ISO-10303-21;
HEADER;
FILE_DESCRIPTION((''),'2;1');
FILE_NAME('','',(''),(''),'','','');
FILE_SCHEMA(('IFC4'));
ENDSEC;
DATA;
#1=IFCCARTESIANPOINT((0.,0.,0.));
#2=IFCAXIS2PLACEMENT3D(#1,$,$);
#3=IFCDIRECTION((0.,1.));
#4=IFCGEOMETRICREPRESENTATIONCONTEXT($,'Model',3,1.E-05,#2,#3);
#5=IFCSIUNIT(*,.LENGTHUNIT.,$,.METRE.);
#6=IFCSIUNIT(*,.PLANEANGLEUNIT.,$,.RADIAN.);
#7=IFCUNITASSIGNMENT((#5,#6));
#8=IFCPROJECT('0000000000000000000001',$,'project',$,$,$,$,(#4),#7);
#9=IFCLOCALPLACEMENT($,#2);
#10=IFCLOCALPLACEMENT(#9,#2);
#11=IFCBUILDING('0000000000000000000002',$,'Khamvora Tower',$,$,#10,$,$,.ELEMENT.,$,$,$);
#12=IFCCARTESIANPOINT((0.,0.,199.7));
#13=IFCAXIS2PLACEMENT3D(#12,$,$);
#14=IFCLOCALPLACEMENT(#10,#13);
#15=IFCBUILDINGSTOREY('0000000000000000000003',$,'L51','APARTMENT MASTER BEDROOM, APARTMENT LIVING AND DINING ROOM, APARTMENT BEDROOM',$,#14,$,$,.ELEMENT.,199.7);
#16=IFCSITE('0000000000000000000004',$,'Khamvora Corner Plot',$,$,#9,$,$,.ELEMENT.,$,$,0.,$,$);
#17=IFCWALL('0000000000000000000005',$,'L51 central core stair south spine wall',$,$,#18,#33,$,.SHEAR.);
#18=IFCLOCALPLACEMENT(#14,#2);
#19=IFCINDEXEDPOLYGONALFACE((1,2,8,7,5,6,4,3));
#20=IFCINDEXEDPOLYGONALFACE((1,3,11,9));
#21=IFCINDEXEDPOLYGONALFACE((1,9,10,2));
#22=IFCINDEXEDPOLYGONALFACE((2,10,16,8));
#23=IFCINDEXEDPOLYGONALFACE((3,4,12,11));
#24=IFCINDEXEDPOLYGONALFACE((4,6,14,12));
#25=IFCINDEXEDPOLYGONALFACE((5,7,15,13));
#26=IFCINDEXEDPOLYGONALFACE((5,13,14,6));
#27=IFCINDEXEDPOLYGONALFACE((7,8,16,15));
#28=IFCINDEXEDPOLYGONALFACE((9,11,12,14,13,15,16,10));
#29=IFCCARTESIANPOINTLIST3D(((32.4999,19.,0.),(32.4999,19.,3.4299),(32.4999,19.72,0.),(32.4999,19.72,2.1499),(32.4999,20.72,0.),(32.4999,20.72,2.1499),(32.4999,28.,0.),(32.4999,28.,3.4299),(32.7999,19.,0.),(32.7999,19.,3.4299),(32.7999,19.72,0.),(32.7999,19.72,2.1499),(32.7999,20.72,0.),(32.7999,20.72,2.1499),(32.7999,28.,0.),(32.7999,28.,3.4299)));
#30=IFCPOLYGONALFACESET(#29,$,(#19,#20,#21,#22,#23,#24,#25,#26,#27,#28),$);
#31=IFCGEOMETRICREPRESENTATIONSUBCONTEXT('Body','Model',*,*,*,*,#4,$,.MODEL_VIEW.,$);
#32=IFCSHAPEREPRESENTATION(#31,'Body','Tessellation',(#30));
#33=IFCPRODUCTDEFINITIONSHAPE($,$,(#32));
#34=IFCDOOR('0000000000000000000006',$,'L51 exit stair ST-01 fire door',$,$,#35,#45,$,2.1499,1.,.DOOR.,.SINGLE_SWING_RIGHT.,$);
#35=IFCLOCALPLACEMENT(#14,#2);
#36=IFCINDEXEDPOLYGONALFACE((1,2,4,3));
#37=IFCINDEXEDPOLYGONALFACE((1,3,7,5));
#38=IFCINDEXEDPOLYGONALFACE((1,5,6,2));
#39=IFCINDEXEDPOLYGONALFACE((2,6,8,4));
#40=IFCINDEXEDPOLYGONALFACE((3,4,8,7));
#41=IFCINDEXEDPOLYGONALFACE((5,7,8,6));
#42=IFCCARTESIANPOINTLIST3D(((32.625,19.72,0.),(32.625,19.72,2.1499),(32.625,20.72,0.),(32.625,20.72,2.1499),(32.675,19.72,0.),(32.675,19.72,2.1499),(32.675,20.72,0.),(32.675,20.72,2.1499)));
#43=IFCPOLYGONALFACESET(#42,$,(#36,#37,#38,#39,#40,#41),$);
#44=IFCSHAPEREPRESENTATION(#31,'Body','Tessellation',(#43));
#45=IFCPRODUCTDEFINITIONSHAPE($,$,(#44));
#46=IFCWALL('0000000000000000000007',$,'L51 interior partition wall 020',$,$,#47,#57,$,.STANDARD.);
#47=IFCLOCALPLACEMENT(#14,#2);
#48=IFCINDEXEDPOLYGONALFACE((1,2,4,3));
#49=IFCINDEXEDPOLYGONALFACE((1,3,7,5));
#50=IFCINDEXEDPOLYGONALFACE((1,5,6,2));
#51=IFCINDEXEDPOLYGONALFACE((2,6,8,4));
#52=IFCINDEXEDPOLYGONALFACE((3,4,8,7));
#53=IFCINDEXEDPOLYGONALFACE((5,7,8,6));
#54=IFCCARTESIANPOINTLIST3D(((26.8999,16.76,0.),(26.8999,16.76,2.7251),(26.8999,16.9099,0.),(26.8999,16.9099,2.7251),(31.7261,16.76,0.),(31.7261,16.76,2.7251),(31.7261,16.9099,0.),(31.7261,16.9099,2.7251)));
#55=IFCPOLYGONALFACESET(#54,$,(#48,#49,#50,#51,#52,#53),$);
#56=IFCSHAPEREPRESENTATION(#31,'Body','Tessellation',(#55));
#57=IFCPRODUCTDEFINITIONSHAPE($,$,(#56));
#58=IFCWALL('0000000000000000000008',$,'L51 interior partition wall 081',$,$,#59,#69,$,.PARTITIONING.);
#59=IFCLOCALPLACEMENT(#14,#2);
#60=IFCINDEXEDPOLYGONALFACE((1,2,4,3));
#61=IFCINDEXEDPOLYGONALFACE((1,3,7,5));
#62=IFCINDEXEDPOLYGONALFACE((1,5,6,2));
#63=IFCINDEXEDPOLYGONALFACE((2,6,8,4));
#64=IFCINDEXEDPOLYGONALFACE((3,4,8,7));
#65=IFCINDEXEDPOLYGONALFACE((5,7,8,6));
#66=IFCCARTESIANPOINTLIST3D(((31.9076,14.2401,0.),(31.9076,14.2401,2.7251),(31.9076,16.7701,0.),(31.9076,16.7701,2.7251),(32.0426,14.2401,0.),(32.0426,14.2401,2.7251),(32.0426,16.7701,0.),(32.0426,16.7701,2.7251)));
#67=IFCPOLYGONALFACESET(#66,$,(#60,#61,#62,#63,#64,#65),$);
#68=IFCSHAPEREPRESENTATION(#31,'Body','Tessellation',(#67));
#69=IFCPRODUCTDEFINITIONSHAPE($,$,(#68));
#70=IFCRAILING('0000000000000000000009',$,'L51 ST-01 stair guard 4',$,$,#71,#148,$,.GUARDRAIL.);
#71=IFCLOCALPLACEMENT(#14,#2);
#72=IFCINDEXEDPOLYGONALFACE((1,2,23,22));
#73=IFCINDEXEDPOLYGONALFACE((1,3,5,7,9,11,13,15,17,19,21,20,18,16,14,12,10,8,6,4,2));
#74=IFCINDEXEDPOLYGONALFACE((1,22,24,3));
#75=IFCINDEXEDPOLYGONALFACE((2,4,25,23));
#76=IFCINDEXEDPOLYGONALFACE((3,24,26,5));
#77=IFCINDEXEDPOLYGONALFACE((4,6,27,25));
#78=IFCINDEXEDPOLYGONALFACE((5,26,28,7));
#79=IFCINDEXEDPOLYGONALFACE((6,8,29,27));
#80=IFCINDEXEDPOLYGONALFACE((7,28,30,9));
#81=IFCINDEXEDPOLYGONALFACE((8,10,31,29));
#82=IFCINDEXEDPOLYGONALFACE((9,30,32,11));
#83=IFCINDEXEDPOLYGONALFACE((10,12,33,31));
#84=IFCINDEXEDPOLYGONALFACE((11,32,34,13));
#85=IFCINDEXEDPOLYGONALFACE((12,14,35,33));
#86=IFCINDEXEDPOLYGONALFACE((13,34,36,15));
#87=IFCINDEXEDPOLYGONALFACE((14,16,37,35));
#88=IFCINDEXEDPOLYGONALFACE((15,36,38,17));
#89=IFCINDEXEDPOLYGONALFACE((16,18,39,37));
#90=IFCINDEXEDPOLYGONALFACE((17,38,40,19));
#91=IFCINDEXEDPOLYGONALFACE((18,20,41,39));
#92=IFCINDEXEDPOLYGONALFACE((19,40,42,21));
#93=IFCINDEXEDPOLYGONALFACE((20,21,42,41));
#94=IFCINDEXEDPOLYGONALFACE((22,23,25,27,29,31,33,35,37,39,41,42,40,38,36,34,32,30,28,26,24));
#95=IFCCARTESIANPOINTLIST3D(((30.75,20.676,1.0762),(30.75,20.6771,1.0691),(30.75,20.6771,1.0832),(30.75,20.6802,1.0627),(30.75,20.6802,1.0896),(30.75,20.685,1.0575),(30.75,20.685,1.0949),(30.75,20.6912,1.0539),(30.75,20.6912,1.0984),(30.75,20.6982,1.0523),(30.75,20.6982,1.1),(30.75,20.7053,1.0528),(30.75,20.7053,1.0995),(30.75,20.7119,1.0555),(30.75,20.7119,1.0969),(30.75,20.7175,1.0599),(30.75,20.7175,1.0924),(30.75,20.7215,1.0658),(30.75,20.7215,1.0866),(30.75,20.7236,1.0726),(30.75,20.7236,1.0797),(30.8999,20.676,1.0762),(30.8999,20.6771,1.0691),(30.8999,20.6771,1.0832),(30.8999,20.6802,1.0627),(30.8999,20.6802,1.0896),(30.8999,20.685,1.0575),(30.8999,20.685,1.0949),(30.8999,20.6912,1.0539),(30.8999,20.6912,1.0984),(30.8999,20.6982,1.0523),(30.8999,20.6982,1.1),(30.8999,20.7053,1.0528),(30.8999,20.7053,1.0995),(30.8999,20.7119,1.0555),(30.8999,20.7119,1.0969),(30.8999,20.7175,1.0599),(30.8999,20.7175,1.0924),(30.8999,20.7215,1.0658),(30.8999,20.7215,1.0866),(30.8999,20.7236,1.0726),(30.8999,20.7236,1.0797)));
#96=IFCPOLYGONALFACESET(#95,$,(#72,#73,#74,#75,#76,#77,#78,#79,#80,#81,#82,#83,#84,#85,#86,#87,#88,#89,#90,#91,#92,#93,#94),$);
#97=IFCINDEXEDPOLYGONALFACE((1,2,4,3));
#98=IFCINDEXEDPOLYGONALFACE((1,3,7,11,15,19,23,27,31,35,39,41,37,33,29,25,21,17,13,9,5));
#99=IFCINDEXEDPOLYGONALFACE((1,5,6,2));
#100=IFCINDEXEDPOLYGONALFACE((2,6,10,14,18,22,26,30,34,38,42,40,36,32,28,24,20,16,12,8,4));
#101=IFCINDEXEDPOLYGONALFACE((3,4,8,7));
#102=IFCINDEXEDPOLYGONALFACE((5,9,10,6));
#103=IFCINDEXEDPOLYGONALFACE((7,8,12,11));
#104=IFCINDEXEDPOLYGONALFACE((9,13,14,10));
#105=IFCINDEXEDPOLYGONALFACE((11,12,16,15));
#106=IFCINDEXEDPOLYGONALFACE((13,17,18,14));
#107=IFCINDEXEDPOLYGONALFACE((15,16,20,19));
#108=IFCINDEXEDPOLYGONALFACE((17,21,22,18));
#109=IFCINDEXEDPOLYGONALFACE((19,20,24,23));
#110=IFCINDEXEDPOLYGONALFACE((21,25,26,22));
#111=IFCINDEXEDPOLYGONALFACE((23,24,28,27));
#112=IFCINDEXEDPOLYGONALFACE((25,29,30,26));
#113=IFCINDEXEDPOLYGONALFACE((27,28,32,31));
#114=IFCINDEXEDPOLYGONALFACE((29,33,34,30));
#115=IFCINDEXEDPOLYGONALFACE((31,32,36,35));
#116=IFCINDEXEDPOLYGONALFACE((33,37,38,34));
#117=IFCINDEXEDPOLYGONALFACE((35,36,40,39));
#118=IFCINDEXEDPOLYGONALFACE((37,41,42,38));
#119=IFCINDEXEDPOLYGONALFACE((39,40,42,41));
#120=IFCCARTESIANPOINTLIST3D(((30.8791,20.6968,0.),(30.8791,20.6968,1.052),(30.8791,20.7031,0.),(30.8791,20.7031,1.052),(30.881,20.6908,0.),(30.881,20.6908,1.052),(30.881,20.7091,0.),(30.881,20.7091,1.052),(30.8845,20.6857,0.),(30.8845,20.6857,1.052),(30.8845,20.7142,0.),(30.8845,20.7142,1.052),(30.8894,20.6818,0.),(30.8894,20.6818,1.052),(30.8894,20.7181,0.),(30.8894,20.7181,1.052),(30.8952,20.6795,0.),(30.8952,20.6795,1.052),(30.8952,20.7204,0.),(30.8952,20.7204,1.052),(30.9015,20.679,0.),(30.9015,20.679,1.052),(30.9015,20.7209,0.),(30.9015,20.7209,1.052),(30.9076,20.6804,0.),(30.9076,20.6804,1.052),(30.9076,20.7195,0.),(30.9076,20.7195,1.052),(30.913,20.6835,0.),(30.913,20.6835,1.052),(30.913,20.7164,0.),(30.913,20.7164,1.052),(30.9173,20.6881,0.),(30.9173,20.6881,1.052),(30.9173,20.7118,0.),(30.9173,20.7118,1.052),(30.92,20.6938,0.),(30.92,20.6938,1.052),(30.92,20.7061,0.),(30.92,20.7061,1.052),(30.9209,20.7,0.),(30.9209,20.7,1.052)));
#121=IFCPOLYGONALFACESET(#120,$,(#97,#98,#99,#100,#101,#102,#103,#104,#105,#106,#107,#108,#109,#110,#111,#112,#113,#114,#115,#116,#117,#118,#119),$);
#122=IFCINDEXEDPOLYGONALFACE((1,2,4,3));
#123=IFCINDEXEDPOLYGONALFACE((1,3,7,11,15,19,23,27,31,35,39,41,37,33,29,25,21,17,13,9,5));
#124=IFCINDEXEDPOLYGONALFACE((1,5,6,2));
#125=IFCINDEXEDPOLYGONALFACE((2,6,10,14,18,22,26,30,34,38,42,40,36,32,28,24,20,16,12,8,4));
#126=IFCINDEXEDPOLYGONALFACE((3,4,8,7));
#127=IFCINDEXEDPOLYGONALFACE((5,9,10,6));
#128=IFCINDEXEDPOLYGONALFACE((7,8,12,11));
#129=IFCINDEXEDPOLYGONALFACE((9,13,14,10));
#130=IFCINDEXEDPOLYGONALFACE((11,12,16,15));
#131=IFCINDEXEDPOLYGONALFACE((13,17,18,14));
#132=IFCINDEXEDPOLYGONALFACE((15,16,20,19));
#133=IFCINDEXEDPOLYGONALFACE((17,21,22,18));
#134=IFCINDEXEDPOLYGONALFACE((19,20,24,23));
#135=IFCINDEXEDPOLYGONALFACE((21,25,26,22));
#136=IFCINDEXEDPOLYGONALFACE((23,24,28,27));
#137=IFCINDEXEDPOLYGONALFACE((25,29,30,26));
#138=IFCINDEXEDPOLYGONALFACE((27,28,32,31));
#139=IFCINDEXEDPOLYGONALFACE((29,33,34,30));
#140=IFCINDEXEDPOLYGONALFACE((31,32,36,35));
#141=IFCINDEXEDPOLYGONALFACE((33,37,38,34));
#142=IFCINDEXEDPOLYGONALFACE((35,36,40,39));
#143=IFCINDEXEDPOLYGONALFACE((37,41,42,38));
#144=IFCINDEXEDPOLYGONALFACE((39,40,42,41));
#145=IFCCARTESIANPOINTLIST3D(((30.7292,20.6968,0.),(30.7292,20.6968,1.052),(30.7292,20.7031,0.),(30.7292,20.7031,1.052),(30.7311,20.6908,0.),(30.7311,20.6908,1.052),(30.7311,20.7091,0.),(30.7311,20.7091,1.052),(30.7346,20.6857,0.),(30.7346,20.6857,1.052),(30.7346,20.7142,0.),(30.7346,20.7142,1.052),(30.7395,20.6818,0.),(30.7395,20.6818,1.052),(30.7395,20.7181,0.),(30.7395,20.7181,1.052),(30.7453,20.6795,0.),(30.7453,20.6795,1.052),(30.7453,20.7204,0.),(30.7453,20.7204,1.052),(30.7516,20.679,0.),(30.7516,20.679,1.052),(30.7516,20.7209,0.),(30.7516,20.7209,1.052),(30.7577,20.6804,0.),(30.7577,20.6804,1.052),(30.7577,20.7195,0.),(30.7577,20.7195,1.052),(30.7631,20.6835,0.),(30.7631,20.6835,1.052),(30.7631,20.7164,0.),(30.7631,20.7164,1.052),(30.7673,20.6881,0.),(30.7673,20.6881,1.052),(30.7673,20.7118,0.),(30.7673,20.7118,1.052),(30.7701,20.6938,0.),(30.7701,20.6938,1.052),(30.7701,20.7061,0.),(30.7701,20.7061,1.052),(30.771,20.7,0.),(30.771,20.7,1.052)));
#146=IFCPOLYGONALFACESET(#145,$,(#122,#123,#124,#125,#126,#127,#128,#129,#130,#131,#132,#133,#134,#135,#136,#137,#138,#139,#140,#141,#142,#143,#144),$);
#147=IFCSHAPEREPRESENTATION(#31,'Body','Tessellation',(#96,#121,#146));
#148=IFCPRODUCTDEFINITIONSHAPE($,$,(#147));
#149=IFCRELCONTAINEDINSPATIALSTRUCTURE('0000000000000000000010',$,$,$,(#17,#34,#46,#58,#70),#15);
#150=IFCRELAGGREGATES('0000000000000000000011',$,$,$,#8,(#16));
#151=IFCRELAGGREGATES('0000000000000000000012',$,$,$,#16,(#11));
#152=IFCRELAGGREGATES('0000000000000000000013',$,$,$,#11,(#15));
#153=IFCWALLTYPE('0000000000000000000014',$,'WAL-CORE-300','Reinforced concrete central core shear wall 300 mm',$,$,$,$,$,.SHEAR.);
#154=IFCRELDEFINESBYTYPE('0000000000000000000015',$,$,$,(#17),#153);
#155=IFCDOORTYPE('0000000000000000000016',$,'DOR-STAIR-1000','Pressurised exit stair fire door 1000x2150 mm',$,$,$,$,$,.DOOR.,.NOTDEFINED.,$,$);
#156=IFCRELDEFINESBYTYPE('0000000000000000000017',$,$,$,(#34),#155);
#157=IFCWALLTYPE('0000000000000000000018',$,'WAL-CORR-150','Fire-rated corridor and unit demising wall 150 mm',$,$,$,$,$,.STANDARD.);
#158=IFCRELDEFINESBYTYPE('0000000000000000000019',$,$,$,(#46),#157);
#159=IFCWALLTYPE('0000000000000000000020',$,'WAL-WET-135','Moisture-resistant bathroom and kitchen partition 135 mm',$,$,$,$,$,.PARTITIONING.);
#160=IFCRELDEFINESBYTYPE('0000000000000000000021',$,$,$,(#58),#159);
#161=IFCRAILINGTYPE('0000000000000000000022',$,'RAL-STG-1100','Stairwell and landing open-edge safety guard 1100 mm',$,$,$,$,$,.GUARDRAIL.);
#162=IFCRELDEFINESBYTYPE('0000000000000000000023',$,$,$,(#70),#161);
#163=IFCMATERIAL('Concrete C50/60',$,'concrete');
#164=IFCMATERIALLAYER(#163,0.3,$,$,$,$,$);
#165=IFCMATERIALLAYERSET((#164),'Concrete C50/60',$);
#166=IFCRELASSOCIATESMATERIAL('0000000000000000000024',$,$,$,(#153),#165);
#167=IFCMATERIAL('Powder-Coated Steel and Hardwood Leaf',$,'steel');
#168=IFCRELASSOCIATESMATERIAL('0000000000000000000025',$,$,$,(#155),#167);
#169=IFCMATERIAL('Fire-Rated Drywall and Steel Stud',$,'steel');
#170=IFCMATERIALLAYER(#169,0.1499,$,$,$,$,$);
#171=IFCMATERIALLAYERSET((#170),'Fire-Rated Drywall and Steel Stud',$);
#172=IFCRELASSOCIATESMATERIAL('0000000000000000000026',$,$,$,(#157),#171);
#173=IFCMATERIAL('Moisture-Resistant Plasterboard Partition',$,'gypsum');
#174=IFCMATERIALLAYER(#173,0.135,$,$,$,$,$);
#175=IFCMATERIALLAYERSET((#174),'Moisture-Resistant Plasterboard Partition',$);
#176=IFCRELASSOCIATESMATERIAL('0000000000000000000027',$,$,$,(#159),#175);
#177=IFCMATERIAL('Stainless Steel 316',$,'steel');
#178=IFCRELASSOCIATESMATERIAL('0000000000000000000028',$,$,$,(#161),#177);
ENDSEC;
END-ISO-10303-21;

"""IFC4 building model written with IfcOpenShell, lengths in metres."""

from ifc_helpers import new_model, si_unit, direction, frame, frame_2d, origin, origin_2d, place, context, subcontext, project, spatial, rectangle, circle, extrude, material, layer, layer_set, type_object, element, fill, save


model = new_model("IFC4")

# Units and contexts
model_context = context("Model", 3, precision=1e-05, world=origin(), true_north=direction((0.0, 1.0)))
body_context = subcontext(model_context, "Body", "Model", "MODEL_VIEW")
ifc_project = project(units=[si_unit("LENGTHUNIT", "METRE"), si_unit("PLANEANGLEUNIT", "RADIAN")], contexts=[model_context])

# Site, building, storey
site_placement = place(None, origin())
site = spatial("IfcSite", under=ifc_project, at=site_placement, Name="Khamvora Corner Plot", CompositionType="ELEMENT", RefElevation=0.0)
building_placement = place(site_placement, origin())
building = spatial("IfcBuilding", under=site, at=building_placement, Name="Khamvora Tower", CompositionType="ELEMENT")
storey_placement = place(building_placement, frame((0.0, 0.0, 199.7)))
storey = spatial("IfcBuildingStorey", under=building, at=storey_placement, Name="L51", Description="APARTMENT MASTER BEDROOM, APARTMENT LIVING AND DINING ROOM, APARTMENT BEDROOM", CompositionType="ELEMENT", Elevation=199.7)

# Shared definitions
ifc_material_1 = material(Name="Concrete C50/60", Category="concrete")
ifc_layer_1 = layer(ifc_material_1, 0.3)
ifc_layer_set_1 = layer_set([ifc_layer_1], Name="Concrete C50/60")
wall_type_1 = type_object("IfcWallType", Name="WAL-CORE-300", Description="Reinforced concrete central core shear wall 300 mm", PredefinedType="SHEAR", material=ifc_layer_set_1)

# Wall, opening, door
ifc_material_2 = material(Name="Powder-Coated Steel and Hardwood Leaf", Category="steel")
wall_1_placement = place(storey_placement, frame((32.6499, 19.0, 0.0), z_axis=(0.0, 0.0, 1.0), x_axis=(0.0, 1.0, 0.0)))
wall_1 = element("IfcWall", 1, at=wall_1_placement, inside=storey, type_object=wall_type_1, Name="L51 central core stair south spine wall", PredefinedType="SHEAR", context=body_context, shape_type="SweptSolid", body=[
    extrude(rectangle(XDim=9.0, YDim=0.3, at=frame_2d((4.5, 0.0))), origin(), (0.0, 0.0, 1.0), 3.4299),
])
opening_1_placement = place(wall_1_placement, frame((0.72, 0.0, 0.0)))
opening_1 = element("IfcOpeningElement", 2, at=opening_1_placement, cuts=wall_1, PredefinedType="OPENING", context=body_context, shape_type="SweptSolid", body=[
    extrude(rectangle(XDim=1.0, YDim=2.1499, at=frame_2d((0.5, 1.075))), frame((0.0, 0.1599, 0.0), z_axis=(0.0, -1.0, 0.0), x_axis=(1.0, 0.0, 0.0)), (0.0, 0.0, 1.0), 0.3201),
])
door_type_1 = type_object("IfcDoorType", Name="DOR-STAIR-1000", Description="Pressurised exit stair fire door 1000x2150 mm", OperationType="NOTDEFINED", PredefinedType="DOOR", material=ifc_material_2)
door_1_placement = place(opening_1_placement, origin())
door_1 = element("IfcDoor", 3, at=door_1_placement, inside=storey, type_object=door_type_1, Name="L51 exit stair ST-01 fire door", OperationType="SINGLE_SWING_RIGHT", OverallHeight=2.1499, OverallWidth=1.0, PredefinedType="DOOR", context=body_context, shape_type="SweptSolid", body=[
    extrude(rectangle(XDim=1.0, YDim=2.1499, at=frame_2d((0.5, 1.075))), frame((0.0, 0.0249, 0.0), z_axis=(0.0, -1.0, 0.0), x_axis=(1.0, 0.0, 0.0)), (0.0, 0.0, 1.0), 0.05),
])
fill(opening_1, door_1)

# Walls
ifc_material_3 = material(Name="Fire-Rated Drywall and Steel Stud", Category="steel")
ifc_layer_2 = layer(ifc_material_3, 0.1499)
ifc_layer_set_2 = layer_set([ifc_layer_2], Name="Fire-Rated Drywall and Steel Stud")
wall_type_2 = type_object("IfcWallType", Name="WAL-CORR-150", Description="Fire-rated corridor and unit demising wall 150 mm", PredefinedType="STANDARD", material=ifc_layer_set_2)
wall_2_placement = place(storey_placement, frame((31.7261, 16.835, 0.0), z_axis=(0.0, 0.0, 1.0), x_axis=(-1.0, 0.0, 0.0)))
element("IfcWall", 4, at=wall_2_placement, inside=storey, type_object=wall_type_2, Name="L51 interior partition wall 020", PredefinedType="STANDARD", context=body_context, shape_type="SweptSolid", body=[
    extrude(rectangle(XDim=4.8262, YDim=0.1499, at=frame_2d((2.4131, 0.0))), origin(), (0.0, 0.0, 1.0), 2.7251),
])
ifc_material_4 = material(Name="Moisture-Resistant Plasterboard Partition", Category="gypsum")
ifc_layer_3 = layer(ifc_material_4, 0.135)
ifc_layer_set_3 = layer_set([ifc_layer_3], Name="Moisture-Resistant Plasterboard Partition")
wall_type_3 = type_object("IfcWallType", Name="WAL-WET-135", Description="Moisture-resistant bathroom and kitchen partition 135 mm", PredefinedType="PARTITIONING", material=ifc_layer_set_3)
wall_3_placement = place(storey_placement, frame((31.9751, 14.24, 0.0), z_axis=(0.0, 0.0, 1.0), x_axis=(0.0, 1.0, 0.0)))
element("IfcWall", 5, at=wall_3_placement, inside=storey, type_object=wall_type_3, Name="L51 interior partition wall 081", PredefinedType="PARTITIONING", context=body_context, shape_type="SweptSolid", body=[
    extrude(rectangle(XDim=2.53, YDim=0.135, at=frame_2d((1.2651, 0.0))), origin(), (0.0, 0.0, 1.0), 2.7251),
])

# Railing
ifc_material_5 = material(Name="Stainless Steel 316", Category="steel")
railing_type = type_object("IfcRailingType", Name="RAL-STG-1100", Description="Stairwell and landing open-edge safety guard 1100 mm", PredefinedType="GUARDRAIL", material=ifc_material_5)
railing_placement = place(storey_placement, frame((30.8999, 20.7, 0.0)))
element("IfcRailing", 6, at=railing_placement, inside=storey, type_object=railing_type, Name="L51 ST-01 stair guard 4", PredefinedType="GUARDRAIL", context=body_context, shape_type="SweptSolid", body=[
    extrude(circle(Radius=0.0239, at=origin_2d()), frame((0.0, 0.0, 1.0762), z_axis=(-1.0, 0.0, 0.0), x_axis=(0.0, -1.0, 0.0)), (0.0, 0.0, 1.0), 0.1499),
    extrude(circle(Radius=0.021, at=origin_2d()), origin(), (0.0, 0.0, 1.0), 1.052),
    extrude(circle(Radius=0.021, at=origin_2d()), frame((-0.1499, 0.0, 0.0)), (0.0, 0.0, 1.0), 1.052),
])

save(model, "model.ifc")
